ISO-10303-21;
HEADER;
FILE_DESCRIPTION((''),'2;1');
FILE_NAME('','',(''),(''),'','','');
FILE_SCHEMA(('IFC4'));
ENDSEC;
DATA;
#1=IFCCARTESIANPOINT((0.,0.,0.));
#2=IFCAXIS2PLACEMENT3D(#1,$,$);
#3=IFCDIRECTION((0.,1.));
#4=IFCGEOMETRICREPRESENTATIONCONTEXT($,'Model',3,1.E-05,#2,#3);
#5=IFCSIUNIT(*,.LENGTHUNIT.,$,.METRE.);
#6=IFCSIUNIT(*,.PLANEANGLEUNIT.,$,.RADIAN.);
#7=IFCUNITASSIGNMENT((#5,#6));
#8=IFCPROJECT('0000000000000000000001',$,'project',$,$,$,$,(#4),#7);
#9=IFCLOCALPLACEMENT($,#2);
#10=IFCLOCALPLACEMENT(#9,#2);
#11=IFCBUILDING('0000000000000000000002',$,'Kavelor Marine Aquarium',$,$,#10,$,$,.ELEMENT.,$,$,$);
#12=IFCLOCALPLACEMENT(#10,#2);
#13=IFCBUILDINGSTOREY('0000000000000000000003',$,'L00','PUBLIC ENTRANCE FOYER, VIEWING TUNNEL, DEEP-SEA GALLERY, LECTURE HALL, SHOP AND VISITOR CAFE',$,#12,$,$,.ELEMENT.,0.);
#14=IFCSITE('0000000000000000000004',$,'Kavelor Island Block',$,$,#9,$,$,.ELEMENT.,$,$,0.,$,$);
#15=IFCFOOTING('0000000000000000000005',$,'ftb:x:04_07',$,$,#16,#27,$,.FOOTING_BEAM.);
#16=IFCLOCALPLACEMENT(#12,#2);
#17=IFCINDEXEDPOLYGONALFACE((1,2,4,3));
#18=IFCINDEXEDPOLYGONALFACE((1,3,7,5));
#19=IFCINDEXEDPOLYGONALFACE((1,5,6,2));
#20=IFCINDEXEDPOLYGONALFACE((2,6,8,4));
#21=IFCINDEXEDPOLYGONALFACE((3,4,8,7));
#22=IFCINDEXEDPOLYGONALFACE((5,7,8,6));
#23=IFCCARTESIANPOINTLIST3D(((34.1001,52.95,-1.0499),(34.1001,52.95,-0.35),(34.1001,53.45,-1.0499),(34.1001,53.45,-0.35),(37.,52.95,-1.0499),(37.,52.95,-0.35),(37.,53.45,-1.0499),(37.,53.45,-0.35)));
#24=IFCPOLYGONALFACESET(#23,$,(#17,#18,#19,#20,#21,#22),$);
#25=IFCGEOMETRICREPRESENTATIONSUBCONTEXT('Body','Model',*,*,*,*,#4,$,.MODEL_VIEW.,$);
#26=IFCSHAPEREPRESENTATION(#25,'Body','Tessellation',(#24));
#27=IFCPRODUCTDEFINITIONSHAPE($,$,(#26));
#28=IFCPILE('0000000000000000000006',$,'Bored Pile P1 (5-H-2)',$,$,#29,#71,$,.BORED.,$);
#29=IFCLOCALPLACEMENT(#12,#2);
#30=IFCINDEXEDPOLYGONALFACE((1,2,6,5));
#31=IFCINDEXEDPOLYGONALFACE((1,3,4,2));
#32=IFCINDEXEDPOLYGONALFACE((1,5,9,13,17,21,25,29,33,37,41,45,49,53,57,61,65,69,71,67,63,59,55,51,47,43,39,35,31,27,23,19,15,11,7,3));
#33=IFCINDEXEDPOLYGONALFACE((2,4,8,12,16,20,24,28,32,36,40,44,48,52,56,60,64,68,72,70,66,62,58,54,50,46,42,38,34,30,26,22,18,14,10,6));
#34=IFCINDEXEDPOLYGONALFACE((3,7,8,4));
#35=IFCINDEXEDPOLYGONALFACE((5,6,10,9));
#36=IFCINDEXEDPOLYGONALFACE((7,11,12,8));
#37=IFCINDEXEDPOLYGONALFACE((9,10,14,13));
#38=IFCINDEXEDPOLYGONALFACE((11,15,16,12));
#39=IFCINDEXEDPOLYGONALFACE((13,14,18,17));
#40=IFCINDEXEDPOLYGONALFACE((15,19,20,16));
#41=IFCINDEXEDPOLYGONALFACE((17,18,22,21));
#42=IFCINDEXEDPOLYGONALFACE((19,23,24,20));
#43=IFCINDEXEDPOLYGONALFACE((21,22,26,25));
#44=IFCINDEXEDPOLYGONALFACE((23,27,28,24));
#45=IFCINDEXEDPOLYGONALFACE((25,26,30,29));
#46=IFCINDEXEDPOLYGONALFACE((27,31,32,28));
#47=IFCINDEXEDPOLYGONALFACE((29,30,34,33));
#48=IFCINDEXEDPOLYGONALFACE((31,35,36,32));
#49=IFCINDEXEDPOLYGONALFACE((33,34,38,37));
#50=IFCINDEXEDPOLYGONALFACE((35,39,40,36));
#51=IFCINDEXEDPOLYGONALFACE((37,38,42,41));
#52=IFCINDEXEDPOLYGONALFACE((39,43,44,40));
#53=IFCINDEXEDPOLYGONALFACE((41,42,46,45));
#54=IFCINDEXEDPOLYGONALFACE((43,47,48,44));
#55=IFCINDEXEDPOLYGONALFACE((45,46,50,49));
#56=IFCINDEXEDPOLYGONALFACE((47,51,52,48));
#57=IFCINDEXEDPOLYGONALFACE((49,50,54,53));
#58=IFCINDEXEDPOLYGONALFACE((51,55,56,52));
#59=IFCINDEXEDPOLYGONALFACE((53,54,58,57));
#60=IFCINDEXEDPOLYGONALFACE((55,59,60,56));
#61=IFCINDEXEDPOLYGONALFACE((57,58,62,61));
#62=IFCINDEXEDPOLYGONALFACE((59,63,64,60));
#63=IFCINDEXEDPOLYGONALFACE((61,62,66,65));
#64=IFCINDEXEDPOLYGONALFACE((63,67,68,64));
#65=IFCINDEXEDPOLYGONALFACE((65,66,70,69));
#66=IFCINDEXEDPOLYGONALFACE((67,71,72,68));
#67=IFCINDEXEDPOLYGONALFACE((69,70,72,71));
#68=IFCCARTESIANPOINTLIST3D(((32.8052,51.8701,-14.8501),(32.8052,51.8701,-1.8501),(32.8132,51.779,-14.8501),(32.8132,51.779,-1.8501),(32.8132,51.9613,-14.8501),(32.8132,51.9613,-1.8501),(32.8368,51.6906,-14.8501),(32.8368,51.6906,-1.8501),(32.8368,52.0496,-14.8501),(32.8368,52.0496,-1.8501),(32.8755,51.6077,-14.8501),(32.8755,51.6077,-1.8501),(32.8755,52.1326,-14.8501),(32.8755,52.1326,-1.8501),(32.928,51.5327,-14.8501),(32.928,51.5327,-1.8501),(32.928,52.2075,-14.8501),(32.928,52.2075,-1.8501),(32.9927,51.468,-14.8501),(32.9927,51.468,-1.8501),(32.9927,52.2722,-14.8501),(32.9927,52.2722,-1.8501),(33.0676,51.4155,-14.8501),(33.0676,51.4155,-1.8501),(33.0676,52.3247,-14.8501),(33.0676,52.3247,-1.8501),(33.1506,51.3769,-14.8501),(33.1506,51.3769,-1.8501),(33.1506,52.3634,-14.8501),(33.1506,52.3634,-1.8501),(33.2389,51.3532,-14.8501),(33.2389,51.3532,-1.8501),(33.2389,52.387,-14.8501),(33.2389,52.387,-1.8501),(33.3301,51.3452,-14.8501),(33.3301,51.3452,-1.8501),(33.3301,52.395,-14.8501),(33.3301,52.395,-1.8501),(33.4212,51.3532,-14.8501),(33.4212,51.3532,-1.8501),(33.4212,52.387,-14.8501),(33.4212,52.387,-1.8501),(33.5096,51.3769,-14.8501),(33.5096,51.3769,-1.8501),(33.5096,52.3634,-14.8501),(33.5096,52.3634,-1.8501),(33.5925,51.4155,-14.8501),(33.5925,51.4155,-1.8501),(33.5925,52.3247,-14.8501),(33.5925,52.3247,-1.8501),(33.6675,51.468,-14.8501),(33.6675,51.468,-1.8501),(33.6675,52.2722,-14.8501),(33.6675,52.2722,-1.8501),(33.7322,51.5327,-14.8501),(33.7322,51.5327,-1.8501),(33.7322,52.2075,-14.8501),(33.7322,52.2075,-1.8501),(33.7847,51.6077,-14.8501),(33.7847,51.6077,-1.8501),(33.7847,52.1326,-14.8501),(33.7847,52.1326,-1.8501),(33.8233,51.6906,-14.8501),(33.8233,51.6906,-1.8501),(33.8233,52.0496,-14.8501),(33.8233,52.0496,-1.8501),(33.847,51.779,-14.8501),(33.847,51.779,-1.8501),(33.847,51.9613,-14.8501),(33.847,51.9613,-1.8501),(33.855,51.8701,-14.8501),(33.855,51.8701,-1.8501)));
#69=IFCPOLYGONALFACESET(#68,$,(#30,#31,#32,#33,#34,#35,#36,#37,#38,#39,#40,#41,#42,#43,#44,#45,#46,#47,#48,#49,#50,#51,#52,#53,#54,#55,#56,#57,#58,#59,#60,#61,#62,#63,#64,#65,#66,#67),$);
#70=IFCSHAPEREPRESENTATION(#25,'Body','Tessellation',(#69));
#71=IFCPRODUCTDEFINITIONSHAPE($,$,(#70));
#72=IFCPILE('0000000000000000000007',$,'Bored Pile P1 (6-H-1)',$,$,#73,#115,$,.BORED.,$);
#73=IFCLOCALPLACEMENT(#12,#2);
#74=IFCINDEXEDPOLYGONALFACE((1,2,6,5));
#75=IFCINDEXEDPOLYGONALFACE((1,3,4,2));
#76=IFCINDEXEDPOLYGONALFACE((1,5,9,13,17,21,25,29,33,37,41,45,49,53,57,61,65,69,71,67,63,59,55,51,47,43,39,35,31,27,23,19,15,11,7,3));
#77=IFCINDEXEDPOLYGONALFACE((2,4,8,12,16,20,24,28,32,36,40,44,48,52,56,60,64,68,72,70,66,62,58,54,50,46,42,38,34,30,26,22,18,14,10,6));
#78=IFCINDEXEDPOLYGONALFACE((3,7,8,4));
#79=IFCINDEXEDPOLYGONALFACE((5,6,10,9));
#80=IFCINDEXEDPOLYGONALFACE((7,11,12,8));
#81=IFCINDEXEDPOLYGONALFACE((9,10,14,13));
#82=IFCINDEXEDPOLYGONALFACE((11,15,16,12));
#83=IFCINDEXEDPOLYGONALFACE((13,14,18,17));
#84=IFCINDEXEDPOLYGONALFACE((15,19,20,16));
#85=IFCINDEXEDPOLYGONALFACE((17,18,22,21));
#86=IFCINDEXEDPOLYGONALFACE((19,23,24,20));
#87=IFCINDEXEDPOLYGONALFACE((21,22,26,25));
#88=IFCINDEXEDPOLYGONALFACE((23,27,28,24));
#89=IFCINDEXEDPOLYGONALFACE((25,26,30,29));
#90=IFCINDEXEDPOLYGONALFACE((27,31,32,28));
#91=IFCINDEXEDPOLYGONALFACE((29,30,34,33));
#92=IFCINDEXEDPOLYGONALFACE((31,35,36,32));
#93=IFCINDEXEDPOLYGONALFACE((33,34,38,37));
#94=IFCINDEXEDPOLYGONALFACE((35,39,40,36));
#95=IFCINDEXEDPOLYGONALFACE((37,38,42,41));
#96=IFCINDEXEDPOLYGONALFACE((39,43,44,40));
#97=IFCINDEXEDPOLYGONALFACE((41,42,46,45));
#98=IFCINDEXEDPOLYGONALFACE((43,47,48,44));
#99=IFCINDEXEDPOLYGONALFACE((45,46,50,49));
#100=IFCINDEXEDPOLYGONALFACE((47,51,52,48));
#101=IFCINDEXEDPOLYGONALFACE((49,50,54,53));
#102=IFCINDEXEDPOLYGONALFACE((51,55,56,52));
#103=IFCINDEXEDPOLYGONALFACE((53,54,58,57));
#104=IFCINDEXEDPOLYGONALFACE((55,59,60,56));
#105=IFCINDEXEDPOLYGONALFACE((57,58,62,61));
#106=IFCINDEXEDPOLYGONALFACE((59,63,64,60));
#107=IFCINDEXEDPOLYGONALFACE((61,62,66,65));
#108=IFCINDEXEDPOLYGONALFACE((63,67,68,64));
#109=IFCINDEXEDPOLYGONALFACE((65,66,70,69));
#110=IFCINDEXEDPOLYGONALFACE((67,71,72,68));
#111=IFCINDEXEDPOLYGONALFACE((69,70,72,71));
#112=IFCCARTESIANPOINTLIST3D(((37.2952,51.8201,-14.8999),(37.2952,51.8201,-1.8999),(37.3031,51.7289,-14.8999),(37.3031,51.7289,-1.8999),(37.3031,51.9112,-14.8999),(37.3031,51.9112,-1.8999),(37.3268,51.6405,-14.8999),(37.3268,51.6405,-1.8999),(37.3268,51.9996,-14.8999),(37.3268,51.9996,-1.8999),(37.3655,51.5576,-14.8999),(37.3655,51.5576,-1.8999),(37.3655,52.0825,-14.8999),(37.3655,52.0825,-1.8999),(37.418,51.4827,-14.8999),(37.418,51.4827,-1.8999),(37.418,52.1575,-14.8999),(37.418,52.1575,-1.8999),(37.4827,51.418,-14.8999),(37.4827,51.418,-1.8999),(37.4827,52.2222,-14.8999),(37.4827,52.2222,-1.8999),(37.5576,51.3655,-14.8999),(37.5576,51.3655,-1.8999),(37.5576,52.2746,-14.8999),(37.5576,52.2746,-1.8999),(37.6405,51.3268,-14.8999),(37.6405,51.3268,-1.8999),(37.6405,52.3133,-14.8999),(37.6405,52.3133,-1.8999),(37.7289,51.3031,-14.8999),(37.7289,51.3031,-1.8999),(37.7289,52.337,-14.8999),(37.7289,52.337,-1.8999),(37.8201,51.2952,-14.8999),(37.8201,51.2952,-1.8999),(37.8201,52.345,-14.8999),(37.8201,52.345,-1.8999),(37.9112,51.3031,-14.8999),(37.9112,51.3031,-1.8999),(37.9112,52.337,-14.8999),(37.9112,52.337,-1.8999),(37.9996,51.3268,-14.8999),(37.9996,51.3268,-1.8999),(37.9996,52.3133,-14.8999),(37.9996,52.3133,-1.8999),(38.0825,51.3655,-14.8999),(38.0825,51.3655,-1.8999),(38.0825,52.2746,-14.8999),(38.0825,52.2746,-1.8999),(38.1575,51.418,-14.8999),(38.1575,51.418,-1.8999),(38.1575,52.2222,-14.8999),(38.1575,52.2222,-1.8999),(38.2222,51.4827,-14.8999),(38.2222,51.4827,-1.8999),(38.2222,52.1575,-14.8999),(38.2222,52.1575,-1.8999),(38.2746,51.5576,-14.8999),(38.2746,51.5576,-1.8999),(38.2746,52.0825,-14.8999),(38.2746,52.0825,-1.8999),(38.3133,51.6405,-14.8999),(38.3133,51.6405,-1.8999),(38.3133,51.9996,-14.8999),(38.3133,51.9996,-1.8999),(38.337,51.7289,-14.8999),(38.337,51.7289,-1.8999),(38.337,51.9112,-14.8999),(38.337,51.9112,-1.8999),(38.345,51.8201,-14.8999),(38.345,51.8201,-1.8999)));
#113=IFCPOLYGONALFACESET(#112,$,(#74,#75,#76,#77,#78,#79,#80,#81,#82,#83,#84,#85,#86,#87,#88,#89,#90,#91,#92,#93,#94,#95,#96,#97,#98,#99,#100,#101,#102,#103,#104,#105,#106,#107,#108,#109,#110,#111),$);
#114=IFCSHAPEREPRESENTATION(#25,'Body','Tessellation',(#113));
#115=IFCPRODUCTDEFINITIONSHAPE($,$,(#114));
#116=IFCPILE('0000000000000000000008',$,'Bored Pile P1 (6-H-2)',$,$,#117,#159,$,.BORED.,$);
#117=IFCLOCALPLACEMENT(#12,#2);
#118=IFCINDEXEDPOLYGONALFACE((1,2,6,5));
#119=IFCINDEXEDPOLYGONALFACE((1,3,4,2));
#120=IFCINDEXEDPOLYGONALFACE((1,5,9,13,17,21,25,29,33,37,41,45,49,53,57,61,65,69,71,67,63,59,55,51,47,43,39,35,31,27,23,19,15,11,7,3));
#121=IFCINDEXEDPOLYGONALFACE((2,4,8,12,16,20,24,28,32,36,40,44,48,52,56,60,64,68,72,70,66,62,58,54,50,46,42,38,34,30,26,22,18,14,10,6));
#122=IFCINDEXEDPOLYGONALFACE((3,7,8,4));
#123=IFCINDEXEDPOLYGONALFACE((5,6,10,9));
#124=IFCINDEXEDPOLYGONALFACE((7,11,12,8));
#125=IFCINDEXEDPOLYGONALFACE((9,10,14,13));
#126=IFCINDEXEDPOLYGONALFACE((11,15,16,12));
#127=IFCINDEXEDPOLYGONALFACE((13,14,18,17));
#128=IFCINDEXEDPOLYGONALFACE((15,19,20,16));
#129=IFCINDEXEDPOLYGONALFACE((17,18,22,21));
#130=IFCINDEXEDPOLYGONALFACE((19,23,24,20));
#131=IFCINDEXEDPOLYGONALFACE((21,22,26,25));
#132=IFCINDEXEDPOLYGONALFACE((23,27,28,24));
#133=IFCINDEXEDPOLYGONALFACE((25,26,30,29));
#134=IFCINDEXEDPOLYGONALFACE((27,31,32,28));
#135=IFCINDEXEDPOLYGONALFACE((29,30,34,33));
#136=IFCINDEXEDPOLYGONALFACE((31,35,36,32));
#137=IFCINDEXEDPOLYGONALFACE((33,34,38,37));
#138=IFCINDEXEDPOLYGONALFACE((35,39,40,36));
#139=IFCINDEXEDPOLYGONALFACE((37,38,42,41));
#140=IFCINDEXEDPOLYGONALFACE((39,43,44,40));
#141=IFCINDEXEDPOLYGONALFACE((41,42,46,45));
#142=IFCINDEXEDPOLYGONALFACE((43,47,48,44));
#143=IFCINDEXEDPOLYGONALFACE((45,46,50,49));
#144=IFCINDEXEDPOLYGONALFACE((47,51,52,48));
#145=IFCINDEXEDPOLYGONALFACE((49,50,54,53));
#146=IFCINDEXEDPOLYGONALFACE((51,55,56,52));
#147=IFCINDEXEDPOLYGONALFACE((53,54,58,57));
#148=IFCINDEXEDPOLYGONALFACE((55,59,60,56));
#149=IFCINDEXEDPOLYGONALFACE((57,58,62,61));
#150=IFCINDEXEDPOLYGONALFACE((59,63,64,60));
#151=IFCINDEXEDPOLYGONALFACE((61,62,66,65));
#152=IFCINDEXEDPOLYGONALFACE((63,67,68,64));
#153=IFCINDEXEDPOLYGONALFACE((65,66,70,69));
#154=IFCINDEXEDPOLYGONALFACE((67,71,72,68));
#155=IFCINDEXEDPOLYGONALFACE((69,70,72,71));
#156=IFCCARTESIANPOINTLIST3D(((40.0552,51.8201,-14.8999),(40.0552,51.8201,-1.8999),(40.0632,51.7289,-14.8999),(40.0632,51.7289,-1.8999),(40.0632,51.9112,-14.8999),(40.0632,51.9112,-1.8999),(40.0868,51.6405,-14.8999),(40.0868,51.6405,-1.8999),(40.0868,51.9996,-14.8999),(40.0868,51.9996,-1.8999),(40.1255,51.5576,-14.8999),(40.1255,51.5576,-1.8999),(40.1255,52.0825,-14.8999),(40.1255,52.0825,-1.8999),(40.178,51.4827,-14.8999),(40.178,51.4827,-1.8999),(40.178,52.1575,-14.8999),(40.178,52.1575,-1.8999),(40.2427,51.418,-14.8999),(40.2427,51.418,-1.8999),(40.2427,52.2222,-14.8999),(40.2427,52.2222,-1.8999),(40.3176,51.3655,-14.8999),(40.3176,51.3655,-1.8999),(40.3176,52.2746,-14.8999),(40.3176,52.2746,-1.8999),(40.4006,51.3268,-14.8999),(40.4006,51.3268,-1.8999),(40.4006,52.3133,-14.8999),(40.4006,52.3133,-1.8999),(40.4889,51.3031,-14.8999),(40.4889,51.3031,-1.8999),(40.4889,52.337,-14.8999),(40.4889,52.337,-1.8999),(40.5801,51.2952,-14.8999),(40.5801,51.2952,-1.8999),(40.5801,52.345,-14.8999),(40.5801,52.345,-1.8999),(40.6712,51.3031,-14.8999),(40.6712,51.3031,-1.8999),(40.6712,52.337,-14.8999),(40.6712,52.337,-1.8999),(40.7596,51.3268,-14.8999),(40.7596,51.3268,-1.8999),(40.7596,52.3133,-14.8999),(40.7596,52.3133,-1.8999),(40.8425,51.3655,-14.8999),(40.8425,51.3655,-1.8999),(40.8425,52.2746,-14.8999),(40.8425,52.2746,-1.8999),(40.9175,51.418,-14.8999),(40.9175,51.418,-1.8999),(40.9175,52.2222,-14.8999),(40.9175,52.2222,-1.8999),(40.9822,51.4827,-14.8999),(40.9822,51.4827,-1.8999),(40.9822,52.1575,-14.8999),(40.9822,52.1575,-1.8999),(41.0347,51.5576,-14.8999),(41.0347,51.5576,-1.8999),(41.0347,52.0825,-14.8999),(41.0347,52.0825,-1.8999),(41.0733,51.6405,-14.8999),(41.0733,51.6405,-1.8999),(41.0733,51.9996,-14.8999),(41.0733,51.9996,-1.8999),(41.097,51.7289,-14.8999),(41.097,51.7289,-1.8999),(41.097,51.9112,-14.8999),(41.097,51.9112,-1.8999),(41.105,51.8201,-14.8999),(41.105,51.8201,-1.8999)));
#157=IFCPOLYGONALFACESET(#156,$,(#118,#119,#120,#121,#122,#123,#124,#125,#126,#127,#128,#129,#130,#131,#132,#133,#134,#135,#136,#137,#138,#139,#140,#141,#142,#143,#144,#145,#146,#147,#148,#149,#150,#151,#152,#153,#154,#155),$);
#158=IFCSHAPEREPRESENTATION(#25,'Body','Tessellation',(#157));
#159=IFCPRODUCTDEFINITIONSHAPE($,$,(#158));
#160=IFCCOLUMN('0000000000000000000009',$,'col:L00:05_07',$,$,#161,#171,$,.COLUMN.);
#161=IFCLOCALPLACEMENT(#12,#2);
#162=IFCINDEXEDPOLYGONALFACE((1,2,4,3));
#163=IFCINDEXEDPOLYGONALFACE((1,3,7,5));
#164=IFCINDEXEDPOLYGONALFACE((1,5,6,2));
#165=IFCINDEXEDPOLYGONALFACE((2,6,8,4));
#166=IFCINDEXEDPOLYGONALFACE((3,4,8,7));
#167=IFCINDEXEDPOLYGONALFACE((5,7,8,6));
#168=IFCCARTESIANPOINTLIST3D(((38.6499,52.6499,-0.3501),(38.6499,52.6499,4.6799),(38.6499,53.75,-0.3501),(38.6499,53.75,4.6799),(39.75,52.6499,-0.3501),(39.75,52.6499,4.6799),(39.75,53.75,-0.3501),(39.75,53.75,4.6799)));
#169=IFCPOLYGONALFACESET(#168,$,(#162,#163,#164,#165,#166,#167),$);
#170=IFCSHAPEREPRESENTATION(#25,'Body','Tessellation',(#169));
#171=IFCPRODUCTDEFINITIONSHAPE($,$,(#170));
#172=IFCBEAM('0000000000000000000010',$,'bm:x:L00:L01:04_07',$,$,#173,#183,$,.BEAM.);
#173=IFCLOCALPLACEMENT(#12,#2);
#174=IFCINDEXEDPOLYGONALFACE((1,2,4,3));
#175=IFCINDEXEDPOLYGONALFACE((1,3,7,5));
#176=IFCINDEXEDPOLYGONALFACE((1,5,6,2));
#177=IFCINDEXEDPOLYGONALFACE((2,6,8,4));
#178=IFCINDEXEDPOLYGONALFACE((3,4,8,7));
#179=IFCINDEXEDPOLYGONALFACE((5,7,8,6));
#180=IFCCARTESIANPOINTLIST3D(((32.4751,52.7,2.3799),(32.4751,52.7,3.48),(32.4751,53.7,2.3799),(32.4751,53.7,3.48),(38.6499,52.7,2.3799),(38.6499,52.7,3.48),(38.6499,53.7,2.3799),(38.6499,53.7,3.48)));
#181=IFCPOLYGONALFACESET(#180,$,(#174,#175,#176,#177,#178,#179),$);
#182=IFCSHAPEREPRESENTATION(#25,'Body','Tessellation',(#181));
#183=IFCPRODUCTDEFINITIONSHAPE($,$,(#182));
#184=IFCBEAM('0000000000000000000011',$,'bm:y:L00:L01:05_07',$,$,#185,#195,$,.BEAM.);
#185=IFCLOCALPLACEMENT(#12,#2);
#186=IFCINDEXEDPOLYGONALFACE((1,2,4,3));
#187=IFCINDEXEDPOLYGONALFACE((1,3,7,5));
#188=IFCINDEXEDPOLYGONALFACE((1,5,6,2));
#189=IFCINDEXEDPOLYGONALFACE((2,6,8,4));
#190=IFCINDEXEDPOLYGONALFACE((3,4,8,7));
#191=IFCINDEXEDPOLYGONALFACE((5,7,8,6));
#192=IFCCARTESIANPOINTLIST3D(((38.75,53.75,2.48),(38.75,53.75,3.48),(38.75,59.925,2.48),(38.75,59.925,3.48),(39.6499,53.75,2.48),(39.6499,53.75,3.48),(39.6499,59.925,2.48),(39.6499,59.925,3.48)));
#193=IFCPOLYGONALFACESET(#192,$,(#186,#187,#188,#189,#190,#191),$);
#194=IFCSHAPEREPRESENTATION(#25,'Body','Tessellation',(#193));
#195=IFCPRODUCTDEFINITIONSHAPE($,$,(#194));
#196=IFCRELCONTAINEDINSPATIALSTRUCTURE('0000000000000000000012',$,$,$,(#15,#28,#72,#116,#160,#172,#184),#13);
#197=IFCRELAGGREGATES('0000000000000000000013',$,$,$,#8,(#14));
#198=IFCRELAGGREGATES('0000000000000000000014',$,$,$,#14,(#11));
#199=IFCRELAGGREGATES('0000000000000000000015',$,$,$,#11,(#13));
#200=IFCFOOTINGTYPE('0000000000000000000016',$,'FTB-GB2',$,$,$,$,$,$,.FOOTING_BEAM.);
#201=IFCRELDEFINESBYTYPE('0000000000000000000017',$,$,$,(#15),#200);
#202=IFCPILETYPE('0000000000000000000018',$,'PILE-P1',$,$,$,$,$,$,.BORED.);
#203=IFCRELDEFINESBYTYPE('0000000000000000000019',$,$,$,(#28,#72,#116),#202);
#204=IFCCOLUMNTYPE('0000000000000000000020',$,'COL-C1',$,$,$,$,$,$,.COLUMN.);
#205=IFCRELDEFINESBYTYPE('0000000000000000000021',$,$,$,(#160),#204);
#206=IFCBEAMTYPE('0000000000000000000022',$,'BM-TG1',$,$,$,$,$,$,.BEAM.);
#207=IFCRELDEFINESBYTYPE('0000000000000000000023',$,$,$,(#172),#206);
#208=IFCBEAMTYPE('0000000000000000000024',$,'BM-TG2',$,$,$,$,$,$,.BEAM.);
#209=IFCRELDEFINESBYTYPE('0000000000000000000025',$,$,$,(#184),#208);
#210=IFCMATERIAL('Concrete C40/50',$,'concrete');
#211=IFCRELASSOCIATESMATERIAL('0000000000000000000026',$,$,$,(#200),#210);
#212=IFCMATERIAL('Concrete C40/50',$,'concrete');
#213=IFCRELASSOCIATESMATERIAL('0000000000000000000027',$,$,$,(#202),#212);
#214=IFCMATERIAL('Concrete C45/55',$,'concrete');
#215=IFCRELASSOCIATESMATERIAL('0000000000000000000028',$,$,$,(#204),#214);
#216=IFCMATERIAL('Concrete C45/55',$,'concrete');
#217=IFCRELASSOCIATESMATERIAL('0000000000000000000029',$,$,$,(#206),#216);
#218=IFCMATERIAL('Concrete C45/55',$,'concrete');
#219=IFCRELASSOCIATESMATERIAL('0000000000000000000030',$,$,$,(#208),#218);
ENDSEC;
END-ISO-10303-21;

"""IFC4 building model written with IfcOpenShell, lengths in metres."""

from ifc_helpers import new_model, si_unit, direction, frame, origin, origin_2d, place, context, subcontext, project, spatial, rectangle, circle, extrude, material, material_profile, profile_set, type_object, element, save


model = new_model("IFC4")

# Units and contexts
model_context = context("Model", 3, precision=1e-05, world=origin(), true_north=direction((0.0, 1.0)))
body_context = subcontext(model_context, "Body", "Model", "MODEL_VIEW")
ifc_project = project(units=[si_unit("LENGTHUNIT", "METRE"), si_unit("PLANEANGLEUNIT", "RADIAN")], contexts=[model_context])

# Site, building, storey
site_placement = place(None, origin())
site = spatial("IfcSite", under=ifc_project, at=site_placement, Name="Kavelor Island Block", CompositionType="ELEMENT", RefElevation=0.0)
building_placement = place(site_placement, origin())
building = spatial("IfcBuilding", under=site, at=building_placement, Name="Kavelor Marine Aquarium", CompositionType="ELEMENT")
storey_placement = place(building_placement, origin())
storey = spatial("IfcBuildingStorey", under=building, at=storey_placement, Name="L00", Description="PUBLIC ENTRANCE FOYER, VIEWING TUNNEL, DEEP-SEA GALLERY, LECTURE HALL, SHOP AND VISITOR CAFE", CompositionType="ELEMENT", Elevation=0.0)

# Footing
ifc_material_1 = material(Name="Concrete C40/50", Category="concrete")
ifc_material_profile_1 = material_profile(ifc_material_1, rectangle(XDim=0.5, YDim=0.7, at=origin_2d()), Name="GB 500x700")
ifc_profile_set_1 = profile_set([ifc_material_profile_1], Name="Concrete C40/50")
footing_type = type_object("IfcFootingType", Name="FTB-GB2", PredefinedType="FOOTING_BEAM", material=ifc_profile_set_1)
footing_placement = place(storey_placement, frame((34.1001, 53.2, -0.7), z_axis=(1.0, 0.0, 0.0), x_axis=(0.0, 1.0, 0.0)))
element("IfcFooting", 1, at=footing_placement, inside=storey, type_object=footing_type, Name="ftb:x:04_07", PredefinedType="FOOTING_BEAM", context=body_context, shape_type="SweptSolid", body=[
    extrude(rectangle(XDim=0.5, YDim=0.7, at=origin_2d()), origin(), (0.0, 0.0, 1.0), 2.8999),
])

# Piles
ifc_material_2 = material(Name="Concrete C40/50", Category="concrete")
ifc_material_profile_2 = material_profile(ifc_material_2, circle(Radius=0.5249, at=origin_2d()), Name="PILE D1050")
ifc_profile_set_2 = profile_set([ifc_material_profile_2], Name="Concrete C40/50")
pile_type = type_object("IfcPileType", Name="PILE-P1", PredefinedType="BORED", material=ifc_profile_set_2)
for number, where, z_axis, x_axis, name in (
    (2, (33.3301, 51.8701, -1.8501), (0.0, 0.0, -1.0), (1.0, 0.0, 0.0), "Bored Pile P1 (5-H-2)"),
    (3, (37.8201, 51.8201, -1.8999), (0.0, 0.0, -1.0), (1.0, 0.0, 0.0), "Bored Pile P1 (6-H-1)"),
    (4, (40.5801, 51.8201, -1.8999), (0.0, 0.0, -1.0), (1.0, 0.0, 0.0), "Bored Pile P1 (6-H-2)"),
):
    element("IfcPile", number, at=place(storey_placement, frame(where, z_axis=z_axis, x_axis=x_axis)), inside=storey, type_object=pile_type, Name=name, PredefinedType="BORED", context=body_context, shape_type="SweptSolid", body=[
        extrude(circle(Radius=0.5249, at=origin_2d()), origin(), (0.0, 0.0, 1.0), 13.0),
    ])

# Column
ifc_material_3 = material(Name="Concrete C45/55", Category="concrete")
ifc_material_profile_3 = material_profile(ifc_material_3, rectangle(XDim=1.1001, YDim=1.1001, at=origin_2d()), Name="RC-COL 1100x1100")
ifc_profile_set_3 = profile_set([ifc_material_profile_3], Name="Concrete C45/55")
column_type = type_object("IfcColumnType", Name="COL-C1", PredefinedType="COLUMN", material=ifc_profile_set_3)
column_placement = place(storey_placement, frame((39.2, 53.2, -0.3501), z_axis=(0.0, 0.0, 1.0), x_axis=(1.0, 0.0, 0.0)))
element("IfcColumn", 5, at=column_placement, inside=storey, type_object=column_type, Name="col:L00:05_07", PredefinedType="COLUMN", context=body_context, shape_type="SweptSolid", body=[
    extrude(rectangle(XDim=1.1001, YDim=1.1001, at=origin_2d()), origin(), (0.0, 0.0, 1.0), 5.03),
])

# Beams
ifc_material_4 = material(Name="Concrete C45/55", Category="concrete")
ifc_material_profile_4 = material_profile(ifc_material_4, rectangle(XDim=1.0, YDim=1.1001, at=origin_2d()), Name="RC-TG 1000x1100")
ifc_profile_set_4 = profile_set([ifc_material_profile_4], Name="Concrete C45/55")
beam_type_1 = type_object("IfcBeamType", Name="BM-TG1", PredefinedType="BEAM", material=ifc_profile_set_4)
beam_1_placement = place(storey_placement, frame((32.4751, 53.2, 2.9299), z_axis=(1.0, 0.0, 0.0), x_axis=(0.0, 1.0, 0.0)))
element("IfcBeam", 6, at=beam_1_placement, inside=storey, type_object=beam_type_1, Name="bm:x:L00:L01:04_07", PredefinedType="BEAM", context=body_context, shape_type="SweptSolid", body=[
    extrude(rectangle(XDim=1.0, YDim=1.1001, at=origin_2d()), origin(), (0.0, 0.0, 1.0), 6.1748),
])
ifc_material_5 = material(Name="Concrete C45/55", Category="concrete")
ifc_material_profile_5 = material_profile(ifc_material_5, rectangle(XDim=0.8999, YDim=1.0, at=origin_2d()), Name="RC-TG 900x1000")
ifc_profile_set_5 = profile_set([ifc_material_profile_5], Name="Concrete C45/55")
beam_type_2 = type_object("IfcBeamType", Name="BM-TG2", PredefinedType="BEAM", material=ifc_profile_set_5)
beam_2_placement = place(storey_placement, frame((39.2, 53.75, 2.98), z_axis=(0.0, 1.0, 0.0), x_axis=(-1.0, 0.0, 0.0)))
element("IfcBeam", 7, at=beam_2_placement, inside=storey, type_object=beam_type_2, Name="bm:y:L00:L01:05_07", PredefinedType="BEAM", context=body_context, shape_type="SweptSolid", body=[
    extrude(rectangle(XDim=0.8999, YDim=1.0, at=origin_2d()), origin(), (0.0, 0.0, 1.0), 6.175),
])

save(model, "model.ifc")
